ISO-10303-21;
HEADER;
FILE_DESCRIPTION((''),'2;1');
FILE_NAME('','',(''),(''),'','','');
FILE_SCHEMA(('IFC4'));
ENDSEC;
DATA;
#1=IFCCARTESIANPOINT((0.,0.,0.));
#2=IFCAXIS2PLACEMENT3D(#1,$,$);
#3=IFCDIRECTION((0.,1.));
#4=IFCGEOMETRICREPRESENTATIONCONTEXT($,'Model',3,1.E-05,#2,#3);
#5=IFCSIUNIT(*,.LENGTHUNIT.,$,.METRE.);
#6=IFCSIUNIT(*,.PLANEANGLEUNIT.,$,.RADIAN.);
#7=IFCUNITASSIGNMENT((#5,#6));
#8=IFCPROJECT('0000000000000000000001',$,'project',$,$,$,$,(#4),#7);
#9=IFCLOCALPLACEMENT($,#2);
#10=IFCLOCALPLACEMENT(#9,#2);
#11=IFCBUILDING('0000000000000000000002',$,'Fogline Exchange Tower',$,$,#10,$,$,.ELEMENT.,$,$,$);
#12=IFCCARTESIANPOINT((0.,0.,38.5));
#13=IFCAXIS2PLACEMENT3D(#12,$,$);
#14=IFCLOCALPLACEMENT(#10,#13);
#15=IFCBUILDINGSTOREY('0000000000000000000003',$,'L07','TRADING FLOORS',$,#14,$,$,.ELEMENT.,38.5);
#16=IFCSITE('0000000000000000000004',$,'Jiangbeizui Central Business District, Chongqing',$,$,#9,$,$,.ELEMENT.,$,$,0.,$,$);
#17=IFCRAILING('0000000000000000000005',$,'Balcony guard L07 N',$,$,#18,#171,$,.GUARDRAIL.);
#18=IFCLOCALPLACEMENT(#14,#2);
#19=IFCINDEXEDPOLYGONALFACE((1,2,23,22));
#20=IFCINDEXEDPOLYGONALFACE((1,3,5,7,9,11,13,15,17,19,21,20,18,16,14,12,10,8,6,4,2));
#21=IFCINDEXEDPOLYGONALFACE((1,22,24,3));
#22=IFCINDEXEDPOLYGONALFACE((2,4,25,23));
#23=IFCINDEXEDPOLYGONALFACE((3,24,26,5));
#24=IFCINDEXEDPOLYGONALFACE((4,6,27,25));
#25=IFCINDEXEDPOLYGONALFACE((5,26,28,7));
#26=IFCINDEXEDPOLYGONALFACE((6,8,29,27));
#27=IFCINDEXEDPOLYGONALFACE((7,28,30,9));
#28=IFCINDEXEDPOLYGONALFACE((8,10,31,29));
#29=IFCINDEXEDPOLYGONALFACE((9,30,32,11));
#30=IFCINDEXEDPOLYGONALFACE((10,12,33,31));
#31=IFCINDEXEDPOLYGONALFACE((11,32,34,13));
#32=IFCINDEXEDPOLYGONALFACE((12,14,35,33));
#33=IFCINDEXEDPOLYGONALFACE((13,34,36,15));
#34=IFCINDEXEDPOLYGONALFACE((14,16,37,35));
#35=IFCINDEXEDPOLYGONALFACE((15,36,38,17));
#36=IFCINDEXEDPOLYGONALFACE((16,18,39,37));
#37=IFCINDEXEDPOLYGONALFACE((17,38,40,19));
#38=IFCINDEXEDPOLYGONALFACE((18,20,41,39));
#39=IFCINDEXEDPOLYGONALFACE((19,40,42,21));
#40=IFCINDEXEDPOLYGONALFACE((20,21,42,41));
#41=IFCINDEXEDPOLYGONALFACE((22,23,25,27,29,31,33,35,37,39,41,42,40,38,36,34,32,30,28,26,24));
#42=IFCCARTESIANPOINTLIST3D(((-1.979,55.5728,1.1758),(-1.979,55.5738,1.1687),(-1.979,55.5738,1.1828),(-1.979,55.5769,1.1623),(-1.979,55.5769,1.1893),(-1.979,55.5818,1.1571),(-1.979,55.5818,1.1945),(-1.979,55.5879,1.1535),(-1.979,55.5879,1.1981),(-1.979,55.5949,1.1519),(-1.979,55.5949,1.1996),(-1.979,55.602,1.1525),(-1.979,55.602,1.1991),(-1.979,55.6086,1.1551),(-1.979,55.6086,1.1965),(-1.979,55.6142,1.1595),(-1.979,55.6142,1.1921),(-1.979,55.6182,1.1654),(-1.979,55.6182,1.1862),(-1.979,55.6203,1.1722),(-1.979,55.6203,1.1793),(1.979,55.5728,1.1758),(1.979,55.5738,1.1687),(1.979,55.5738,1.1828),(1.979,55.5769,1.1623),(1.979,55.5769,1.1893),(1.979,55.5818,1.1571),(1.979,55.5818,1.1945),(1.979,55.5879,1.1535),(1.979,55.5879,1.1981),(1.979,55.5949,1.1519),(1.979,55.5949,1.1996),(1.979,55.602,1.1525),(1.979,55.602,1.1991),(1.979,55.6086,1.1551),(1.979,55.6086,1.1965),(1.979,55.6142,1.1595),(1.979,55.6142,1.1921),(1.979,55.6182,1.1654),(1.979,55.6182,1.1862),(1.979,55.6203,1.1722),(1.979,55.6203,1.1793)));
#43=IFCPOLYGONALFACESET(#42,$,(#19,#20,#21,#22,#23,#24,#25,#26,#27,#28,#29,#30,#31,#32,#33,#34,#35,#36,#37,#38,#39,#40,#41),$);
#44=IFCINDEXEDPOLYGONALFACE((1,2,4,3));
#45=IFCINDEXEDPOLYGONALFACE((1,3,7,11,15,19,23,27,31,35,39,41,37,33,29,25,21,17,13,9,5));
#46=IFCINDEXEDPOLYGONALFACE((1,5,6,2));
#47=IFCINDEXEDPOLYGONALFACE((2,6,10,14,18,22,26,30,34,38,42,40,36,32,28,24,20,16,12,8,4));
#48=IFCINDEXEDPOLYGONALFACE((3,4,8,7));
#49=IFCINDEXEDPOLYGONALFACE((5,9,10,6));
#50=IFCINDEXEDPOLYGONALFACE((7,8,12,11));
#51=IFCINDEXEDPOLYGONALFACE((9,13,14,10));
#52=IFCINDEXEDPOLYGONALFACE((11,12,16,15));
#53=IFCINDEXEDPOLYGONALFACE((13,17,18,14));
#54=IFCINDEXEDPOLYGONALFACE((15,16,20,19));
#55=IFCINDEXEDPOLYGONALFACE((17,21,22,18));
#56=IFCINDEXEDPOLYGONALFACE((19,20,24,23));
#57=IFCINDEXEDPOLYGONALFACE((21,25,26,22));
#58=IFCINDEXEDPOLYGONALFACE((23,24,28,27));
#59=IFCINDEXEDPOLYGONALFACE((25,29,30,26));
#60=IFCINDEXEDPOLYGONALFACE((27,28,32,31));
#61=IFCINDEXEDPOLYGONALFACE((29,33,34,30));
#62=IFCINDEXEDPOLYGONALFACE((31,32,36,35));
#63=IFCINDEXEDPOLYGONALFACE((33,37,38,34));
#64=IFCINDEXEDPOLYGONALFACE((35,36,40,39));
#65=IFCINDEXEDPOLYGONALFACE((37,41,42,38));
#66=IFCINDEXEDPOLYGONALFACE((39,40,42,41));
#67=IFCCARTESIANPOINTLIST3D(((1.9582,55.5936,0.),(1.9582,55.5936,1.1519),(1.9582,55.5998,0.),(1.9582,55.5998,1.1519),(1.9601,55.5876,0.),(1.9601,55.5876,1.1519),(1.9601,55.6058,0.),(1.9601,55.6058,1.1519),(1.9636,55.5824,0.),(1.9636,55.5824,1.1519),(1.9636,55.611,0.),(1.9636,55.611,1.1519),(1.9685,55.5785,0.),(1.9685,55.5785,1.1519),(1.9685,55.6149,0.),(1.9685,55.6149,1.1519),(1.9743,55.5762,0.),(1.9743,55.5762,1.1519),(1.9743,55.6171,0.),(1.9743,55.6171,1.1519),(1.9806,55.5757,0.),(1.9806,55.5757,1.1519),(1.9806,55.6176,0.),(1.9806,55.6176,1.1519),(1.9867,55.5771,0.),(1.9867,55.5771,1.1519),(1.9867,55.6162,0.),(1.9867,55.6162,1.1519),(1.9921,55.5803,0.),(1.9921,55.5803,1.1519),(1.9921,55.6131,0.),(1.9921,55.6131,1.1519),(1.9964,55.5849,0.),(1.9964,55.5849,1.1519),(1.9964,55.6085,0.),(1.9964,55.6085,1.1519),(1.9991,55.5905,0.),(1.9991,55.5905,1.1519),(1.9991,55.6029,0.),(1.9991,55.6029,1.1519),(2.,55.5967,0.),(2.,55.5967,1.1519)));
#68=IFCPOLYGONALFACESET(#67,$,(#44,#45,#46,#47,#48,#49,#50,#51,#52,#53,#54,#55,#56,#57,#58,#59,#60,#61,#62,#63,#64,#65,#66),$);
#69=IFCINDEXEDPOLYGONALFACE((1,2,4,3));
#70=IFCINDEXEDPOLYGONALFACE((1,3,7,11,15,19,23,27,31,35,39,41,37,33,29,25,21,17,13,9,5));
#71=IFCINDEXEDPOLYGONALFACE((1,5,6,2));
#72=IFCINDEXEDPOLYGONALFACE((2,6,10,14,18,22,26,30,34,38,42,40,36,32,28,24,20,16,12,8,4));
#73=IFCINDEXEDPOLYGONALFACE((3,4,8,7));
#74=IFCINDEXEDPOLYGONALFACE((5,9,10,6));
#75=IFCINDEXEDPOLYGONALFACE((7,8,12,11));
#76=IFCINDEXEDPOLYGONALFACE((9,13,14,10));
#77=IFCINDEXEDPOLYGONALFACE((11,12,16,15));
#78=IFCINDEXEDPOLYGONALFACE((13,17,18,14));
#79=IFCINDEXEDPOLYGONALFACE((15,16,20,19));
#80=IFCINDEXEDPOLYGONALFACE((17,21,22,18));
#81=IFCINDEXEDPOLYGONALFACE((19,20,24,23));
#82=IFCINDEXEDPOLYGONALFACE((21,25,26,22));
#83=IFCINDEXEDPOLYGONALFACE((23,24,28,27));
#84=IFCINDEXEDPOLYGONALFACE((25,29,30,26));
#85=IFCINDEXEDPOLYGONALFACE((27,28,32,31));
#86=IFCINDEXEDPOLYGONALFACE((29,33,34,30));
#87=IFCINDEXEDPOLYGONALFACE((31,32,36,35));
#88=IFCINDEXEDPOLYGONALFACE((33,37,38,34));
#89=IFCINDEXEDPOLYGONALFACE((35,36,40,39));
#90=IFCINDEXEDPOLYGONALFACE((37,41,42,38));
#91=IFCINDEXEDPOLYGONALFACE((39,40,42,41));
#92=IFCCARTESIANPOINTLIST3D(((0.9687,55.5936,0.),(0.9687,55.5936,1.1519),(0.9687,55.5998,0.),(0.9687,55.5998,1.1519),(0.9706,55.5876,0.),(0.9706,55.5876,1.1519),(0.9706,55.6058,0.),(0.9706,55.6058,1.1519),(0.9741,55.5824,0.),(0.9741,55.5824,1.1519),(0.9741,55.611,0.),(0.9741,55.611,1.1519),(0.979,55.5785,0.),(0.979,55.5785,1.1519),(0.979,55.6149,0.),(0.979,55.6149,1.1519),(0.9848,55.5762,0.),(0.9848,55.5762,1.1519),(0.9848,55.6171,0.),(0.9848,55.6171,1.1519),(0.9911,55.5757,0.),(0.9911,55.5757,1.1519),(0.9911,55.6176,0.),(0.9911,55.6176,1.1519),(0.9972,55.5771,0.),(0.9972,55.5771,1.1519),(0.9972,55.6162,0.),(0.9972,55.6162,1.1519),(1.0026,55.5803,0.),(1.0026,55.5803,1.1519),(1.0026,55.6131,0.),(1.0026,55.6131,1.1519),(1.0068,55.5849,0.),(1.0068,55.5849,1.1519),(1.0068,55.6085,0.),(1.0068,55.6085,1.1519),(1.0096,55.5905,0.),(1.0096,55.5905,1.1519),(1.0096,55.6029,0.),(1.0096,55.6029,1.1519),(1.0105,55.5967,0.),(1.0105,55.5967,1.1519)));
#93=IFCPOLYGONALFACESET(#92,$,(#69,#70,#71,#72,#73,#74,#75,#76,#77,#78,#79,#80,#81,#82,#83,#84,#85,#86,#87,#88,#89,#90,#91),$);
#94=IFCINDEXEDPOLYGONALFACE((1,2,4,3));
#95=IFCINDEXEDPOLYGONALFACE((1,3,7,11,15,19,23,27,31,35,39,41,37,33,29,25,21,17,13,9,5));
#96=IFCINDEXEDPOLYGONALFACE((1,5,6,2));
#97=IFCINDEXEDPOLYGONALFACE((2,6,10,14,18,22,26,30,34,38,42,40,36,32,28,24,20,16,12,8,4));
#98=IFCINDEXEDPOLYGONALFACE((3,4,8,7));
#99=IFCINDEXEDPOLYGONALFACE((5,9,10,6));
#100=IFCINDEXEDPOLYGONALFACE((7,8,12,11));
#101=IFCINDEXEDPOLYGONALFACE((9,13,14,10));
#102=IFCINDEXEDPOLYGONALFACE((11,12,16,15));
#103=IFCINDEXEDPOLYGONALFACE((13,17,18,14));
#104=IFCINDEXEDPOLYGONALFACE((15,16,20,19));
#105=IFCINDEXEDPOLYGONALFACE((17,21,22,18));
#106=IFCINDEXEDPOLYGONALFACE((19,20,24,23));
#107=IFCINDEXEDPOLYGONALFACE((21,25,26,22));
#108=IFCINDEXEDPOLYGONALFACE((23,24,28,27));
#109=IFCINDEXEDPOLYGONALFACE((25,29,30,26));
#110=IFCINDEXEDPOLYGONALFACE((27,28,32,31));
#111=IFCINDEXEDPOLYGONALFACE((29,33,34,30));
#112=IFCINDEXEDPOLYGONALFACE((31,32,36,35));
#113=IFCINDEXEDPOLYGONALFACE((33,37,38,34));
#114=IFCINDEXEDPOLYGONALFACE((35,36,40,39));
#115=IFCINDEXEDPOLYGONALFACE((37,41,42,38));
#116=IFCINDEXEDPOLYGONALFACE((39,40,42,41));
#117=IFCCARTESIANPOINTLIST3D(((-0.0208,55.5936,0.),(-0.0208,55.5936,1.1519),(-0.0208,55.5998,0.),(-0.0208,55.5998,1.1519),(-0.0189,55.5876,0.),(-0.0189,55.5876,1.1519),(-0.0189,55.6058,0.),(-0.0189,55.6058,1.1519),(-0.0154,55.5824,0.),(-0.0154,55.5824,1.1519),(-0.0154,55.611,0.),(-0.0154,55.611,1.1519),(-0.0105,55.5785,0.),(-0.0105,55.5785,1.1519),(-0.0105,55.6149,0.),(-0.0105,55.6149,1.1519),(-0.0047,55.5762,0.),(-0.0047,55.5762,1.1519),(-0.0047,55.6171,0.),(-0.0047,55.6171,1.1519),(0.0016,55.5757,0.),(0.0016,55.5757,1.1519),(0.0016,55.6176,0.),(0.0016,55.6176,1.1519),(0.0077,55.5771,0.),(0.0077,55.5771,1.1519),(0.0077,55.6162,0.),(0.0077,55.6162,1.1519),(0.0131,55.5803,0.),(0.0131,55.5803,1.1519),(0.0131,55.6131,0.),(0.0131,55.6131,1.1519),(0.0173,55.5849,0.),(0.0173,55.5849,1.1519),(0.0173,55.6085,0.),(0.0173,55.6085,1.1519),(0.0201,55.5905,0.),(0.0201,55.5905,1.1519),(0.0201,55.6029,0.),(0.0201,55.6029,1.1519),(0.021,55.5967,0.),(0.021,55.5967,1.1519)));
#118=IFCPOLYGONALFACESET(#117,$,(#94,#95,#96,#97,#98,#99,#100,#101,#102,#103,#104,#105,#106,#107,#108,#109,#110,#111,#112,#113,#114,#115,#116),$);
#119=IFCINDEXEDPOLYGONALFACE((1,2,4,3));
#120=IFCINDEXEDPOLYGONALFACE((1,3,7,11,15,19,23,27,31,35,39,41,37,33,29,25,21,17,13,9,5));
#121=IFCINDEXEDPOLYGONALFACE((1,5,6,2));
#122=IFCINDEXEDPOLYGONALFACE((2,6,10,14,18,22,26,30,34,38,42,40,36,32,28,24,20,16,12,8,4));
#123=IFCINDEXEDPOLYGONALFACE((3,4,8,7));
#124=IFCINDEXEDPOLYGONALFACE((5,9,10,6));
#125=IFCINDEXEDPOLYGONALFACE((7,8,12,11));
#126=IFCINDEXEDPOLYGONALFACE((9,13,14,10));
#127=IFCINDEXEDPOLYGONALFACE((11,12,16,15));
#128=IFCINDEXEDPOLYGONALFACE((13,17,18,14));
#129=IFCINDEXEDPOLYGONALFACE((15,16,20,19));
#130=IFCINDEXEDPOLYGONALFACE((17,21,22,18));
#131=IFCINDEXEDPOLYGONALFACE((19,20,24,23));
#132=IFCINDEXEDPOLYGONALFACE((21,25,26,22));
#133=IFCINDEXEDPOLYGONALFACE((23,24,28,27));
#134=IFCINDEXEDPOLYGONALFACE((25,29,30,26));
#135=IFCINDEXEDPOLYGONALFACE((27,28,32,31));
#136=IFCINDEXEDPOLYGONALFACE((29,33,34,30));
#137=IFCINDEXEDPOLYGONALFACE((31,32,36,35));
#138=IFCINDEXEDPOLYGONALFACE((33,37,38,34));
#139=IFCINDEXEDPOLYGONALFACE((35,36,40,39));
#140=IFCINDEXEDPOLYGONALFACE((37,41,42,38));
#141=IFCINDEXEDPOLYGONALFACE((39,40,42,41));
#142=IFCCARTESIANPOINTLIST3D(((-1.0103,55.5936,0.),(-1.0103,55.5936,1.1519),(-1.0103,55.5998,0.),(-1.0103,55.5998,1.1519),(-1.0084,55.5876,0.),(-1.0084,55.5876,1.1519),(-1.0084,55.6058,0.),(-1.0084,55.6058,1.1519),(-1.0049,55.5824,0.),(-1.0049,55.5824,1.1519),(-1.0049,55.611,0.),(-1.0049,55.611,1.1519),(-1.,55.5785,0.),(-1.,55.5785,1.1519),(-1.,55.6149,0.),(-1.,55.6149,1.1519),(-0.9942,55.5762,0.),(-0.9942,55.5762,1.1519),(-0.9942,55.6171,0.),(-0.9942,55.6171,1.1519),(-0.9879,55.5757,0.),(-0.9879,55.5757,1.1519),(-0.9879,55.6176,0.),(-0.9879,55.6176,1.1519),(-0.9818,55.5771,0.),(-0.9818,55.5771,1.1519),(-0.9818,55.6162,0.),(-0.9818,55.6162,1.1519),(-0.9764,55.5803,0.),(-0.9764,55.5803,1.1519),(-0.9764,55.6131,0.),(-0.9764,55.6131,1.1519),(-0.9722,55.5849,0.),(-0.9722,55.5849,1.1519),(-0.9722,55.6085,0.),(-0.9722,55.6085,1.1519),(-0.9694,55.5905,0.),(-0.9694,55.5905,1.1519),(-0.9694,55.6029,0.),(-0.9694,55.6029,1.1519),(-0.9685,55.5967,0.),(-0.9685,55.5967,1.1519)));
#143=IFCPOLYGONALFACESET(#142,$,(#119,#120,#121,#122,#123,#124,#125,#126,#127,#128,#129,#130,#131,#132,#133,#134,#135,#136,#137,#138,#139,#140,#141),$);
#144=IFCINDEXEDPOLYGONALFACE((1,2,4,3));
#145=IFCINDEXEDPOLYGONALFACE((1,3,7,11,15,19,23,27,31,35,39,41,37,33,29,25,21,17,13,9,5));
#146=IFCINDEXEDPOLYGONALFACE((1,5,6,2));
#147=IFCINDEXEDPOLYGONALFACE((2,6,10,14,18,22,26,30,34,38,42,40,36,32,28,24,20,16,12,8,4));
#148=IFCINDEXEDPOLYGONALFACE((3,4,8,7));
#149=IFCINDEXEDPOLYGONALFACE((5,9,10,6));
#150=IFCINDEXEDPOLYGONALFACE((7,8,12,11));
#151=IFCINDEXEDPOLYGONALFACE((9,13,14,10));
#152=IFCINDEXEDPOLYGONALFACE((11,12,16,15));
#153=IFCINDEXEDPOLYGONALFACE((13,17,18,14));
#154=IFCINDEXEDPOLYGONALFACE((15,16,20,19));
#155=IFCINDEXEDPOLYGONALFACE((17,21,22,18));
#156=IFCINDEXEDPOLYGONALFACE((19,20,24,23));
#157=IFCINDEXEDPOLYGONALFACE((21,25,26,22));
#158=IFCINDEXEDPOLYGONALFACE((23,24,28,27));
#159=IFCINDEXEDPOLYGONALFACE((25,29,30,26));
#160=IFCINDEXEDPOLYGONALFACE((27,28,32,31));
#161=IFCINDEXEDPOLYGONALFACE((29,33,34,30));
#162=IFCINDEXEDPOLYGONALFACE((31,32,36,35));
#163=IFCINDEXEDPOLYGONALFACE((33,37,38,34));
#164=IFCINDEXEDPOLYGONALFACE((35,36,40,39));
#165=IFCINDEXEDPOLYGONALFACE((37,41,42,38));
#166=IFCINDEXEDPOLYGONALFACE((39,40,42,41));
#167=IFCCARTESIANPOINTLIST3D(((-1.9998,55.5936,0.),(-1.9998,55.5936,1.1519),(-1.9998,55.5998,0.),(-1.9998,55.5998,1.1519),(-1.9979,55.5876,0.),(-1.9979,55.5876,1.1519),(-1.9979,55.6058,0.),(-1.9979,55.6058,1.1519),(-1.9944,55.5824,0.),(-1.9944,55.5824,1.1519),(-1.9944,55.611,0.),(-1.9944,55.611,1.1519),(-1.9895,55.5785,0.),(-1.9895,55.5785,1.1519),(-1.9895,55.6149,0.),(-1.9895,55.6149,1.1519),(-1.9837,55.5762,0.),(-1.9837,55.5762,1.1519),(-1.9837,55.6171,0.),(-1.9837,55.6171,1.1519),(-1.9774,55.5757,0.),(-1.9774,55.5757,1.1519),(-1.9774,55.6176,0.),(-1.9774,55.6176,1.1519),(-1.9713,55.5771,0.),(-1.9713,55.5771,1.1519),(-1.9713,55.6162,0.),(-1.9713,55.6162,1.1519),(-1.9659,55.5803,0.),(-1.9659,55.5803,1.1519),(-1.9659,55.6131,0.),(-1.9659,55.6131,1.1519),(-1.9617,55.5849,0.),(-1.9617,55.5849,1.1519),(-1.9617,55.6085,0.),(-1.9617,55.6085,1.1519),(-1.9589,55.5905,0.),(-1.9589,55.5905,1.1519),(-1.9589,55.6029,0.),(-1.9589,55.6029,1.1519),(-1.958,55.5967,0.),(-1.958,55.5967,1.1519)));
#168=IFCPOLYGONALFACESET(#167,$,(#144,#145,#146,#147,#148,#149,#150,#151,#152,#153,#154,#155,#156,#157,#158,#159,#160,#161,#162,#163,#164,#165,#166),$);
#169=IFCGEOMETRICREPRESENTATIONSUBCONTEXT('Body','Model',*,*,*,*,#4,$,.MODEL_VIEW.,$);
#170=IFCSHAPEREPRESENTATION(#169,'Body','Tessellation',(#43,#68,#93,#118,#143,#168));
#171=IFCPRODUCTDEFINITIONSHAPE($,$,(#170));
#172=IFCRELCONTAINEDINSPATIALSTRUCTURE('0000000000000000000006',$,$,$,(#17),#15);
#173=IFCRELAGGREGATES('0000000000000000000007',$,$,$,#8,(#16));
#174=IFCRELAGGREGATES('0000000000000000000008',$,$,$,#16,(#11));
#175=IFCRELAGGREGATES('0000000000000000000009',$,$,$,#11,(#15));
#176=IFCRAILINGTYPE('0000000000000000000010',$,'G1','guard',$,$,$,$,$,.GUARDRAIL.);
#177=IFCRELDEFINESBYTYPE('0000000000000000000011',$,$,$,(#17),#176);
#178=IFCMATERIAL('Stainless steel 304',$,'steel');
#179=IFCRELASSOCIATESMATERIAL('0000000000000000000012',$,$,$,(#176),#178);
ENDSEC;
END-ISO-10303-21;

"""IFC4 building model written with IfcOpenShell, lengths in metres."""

from ifc_helpers import new_model, si_unit, direction, frame, origin, origin_2d, place, context, subcontext, project, spatial, circle, extrude, material, type_object, element, save


model = new_model("IFC4")

# Units and contexts
model_context = context("Model", 3, precision=1e-05, world=origin(), true_north=direction((0.0, 1.0)))
body_context = subcontext(model_context, "Body", "Model", "MODEL_VIEW")
ifc_project = project(units=[si_unit("LENGTHUNIT", "METRE"), si_unit("PLANEANGLEUNIT", "RADIAN")], contexts=[model_context])

# Site, building, storey
site_placement = place(None, origin())
site = spatial("IfcSite", under=ifc_project, at=site_placement, Name="Jiangbeizui Central Business District, Chongqing", CompositionType="ELEMENT", RefElevation=0.0)
building_placement = place(site_placement, origin())
building = spatial("IfcBuilding", under=site, at=building_placement, Name="Fogline Exchange Tower", CompositionType="ELEMENT")
storey_placement = place(building_placement, frame((0.0, 0.0, 38.5)))
storey = spatial("IfcBuildingStorey", under=building, at=storey_placement, Name="L07", Description="TRADING FLOORS", CompositionType="ELEMENT", Elevation=38.5)

# Railing
ifc_material_1 = material(Name="Stainless steel 304", Category="steel")
railing_type = type_object("IfcRailingType", Name="G1", Description="guard", PredefinedType="GUARDRAIL", material=ifc_material_1)
railing_placement = place(storey_placement, frame((1.979, 55.5967, 0.0)))
element("IfcRailing", 1, at=railing_placement, inside=storey, type_object=railing_type, Name="Balcony guard L07 N", PredefinedType="GUARDRAIL", context=body_context, shape_type="SweptSolid", body=[
    extrude(circle(Radius=0.0239, at=origin_2d()), frame((0.0, 0.0, 1.1758), z_axis=(-1.0, 0.0, 0.0), x_axis=(0.0, -1.0, 0.0)), (0.0, 0.0, 1.0), 3.958),
    extrude(circle(Radius=0.021, at=origin_2d()), origin(), (0.0, 0.0, 1.0), 1.1519),
    extrude(circle(Radius=0.021, at=origin_2d()), frame((-0.9895, 0.0, 0.0)), (0.0, 0.0, 1.0), 1.1519),
    extrude(circle(Radius=0.021, at=origin_2d()), frame((-1.979, 0.0, 0.0)), (0.0, 0.0, 1.0), 1.1519),
    extrude(circle(Radius=0.021, at=origin_2d()), frame((-2.9685, 0.0, 0.0)), (0.0, 0.0, 1.0), 1.1519),
    extrude(circle(Radius=0.021, at=origin_2d()), frame((-3.958, 0.0, 0.0)), (0.0, 0.0, 1.0), 1.1519),
])

save(model, "model.ifc")
